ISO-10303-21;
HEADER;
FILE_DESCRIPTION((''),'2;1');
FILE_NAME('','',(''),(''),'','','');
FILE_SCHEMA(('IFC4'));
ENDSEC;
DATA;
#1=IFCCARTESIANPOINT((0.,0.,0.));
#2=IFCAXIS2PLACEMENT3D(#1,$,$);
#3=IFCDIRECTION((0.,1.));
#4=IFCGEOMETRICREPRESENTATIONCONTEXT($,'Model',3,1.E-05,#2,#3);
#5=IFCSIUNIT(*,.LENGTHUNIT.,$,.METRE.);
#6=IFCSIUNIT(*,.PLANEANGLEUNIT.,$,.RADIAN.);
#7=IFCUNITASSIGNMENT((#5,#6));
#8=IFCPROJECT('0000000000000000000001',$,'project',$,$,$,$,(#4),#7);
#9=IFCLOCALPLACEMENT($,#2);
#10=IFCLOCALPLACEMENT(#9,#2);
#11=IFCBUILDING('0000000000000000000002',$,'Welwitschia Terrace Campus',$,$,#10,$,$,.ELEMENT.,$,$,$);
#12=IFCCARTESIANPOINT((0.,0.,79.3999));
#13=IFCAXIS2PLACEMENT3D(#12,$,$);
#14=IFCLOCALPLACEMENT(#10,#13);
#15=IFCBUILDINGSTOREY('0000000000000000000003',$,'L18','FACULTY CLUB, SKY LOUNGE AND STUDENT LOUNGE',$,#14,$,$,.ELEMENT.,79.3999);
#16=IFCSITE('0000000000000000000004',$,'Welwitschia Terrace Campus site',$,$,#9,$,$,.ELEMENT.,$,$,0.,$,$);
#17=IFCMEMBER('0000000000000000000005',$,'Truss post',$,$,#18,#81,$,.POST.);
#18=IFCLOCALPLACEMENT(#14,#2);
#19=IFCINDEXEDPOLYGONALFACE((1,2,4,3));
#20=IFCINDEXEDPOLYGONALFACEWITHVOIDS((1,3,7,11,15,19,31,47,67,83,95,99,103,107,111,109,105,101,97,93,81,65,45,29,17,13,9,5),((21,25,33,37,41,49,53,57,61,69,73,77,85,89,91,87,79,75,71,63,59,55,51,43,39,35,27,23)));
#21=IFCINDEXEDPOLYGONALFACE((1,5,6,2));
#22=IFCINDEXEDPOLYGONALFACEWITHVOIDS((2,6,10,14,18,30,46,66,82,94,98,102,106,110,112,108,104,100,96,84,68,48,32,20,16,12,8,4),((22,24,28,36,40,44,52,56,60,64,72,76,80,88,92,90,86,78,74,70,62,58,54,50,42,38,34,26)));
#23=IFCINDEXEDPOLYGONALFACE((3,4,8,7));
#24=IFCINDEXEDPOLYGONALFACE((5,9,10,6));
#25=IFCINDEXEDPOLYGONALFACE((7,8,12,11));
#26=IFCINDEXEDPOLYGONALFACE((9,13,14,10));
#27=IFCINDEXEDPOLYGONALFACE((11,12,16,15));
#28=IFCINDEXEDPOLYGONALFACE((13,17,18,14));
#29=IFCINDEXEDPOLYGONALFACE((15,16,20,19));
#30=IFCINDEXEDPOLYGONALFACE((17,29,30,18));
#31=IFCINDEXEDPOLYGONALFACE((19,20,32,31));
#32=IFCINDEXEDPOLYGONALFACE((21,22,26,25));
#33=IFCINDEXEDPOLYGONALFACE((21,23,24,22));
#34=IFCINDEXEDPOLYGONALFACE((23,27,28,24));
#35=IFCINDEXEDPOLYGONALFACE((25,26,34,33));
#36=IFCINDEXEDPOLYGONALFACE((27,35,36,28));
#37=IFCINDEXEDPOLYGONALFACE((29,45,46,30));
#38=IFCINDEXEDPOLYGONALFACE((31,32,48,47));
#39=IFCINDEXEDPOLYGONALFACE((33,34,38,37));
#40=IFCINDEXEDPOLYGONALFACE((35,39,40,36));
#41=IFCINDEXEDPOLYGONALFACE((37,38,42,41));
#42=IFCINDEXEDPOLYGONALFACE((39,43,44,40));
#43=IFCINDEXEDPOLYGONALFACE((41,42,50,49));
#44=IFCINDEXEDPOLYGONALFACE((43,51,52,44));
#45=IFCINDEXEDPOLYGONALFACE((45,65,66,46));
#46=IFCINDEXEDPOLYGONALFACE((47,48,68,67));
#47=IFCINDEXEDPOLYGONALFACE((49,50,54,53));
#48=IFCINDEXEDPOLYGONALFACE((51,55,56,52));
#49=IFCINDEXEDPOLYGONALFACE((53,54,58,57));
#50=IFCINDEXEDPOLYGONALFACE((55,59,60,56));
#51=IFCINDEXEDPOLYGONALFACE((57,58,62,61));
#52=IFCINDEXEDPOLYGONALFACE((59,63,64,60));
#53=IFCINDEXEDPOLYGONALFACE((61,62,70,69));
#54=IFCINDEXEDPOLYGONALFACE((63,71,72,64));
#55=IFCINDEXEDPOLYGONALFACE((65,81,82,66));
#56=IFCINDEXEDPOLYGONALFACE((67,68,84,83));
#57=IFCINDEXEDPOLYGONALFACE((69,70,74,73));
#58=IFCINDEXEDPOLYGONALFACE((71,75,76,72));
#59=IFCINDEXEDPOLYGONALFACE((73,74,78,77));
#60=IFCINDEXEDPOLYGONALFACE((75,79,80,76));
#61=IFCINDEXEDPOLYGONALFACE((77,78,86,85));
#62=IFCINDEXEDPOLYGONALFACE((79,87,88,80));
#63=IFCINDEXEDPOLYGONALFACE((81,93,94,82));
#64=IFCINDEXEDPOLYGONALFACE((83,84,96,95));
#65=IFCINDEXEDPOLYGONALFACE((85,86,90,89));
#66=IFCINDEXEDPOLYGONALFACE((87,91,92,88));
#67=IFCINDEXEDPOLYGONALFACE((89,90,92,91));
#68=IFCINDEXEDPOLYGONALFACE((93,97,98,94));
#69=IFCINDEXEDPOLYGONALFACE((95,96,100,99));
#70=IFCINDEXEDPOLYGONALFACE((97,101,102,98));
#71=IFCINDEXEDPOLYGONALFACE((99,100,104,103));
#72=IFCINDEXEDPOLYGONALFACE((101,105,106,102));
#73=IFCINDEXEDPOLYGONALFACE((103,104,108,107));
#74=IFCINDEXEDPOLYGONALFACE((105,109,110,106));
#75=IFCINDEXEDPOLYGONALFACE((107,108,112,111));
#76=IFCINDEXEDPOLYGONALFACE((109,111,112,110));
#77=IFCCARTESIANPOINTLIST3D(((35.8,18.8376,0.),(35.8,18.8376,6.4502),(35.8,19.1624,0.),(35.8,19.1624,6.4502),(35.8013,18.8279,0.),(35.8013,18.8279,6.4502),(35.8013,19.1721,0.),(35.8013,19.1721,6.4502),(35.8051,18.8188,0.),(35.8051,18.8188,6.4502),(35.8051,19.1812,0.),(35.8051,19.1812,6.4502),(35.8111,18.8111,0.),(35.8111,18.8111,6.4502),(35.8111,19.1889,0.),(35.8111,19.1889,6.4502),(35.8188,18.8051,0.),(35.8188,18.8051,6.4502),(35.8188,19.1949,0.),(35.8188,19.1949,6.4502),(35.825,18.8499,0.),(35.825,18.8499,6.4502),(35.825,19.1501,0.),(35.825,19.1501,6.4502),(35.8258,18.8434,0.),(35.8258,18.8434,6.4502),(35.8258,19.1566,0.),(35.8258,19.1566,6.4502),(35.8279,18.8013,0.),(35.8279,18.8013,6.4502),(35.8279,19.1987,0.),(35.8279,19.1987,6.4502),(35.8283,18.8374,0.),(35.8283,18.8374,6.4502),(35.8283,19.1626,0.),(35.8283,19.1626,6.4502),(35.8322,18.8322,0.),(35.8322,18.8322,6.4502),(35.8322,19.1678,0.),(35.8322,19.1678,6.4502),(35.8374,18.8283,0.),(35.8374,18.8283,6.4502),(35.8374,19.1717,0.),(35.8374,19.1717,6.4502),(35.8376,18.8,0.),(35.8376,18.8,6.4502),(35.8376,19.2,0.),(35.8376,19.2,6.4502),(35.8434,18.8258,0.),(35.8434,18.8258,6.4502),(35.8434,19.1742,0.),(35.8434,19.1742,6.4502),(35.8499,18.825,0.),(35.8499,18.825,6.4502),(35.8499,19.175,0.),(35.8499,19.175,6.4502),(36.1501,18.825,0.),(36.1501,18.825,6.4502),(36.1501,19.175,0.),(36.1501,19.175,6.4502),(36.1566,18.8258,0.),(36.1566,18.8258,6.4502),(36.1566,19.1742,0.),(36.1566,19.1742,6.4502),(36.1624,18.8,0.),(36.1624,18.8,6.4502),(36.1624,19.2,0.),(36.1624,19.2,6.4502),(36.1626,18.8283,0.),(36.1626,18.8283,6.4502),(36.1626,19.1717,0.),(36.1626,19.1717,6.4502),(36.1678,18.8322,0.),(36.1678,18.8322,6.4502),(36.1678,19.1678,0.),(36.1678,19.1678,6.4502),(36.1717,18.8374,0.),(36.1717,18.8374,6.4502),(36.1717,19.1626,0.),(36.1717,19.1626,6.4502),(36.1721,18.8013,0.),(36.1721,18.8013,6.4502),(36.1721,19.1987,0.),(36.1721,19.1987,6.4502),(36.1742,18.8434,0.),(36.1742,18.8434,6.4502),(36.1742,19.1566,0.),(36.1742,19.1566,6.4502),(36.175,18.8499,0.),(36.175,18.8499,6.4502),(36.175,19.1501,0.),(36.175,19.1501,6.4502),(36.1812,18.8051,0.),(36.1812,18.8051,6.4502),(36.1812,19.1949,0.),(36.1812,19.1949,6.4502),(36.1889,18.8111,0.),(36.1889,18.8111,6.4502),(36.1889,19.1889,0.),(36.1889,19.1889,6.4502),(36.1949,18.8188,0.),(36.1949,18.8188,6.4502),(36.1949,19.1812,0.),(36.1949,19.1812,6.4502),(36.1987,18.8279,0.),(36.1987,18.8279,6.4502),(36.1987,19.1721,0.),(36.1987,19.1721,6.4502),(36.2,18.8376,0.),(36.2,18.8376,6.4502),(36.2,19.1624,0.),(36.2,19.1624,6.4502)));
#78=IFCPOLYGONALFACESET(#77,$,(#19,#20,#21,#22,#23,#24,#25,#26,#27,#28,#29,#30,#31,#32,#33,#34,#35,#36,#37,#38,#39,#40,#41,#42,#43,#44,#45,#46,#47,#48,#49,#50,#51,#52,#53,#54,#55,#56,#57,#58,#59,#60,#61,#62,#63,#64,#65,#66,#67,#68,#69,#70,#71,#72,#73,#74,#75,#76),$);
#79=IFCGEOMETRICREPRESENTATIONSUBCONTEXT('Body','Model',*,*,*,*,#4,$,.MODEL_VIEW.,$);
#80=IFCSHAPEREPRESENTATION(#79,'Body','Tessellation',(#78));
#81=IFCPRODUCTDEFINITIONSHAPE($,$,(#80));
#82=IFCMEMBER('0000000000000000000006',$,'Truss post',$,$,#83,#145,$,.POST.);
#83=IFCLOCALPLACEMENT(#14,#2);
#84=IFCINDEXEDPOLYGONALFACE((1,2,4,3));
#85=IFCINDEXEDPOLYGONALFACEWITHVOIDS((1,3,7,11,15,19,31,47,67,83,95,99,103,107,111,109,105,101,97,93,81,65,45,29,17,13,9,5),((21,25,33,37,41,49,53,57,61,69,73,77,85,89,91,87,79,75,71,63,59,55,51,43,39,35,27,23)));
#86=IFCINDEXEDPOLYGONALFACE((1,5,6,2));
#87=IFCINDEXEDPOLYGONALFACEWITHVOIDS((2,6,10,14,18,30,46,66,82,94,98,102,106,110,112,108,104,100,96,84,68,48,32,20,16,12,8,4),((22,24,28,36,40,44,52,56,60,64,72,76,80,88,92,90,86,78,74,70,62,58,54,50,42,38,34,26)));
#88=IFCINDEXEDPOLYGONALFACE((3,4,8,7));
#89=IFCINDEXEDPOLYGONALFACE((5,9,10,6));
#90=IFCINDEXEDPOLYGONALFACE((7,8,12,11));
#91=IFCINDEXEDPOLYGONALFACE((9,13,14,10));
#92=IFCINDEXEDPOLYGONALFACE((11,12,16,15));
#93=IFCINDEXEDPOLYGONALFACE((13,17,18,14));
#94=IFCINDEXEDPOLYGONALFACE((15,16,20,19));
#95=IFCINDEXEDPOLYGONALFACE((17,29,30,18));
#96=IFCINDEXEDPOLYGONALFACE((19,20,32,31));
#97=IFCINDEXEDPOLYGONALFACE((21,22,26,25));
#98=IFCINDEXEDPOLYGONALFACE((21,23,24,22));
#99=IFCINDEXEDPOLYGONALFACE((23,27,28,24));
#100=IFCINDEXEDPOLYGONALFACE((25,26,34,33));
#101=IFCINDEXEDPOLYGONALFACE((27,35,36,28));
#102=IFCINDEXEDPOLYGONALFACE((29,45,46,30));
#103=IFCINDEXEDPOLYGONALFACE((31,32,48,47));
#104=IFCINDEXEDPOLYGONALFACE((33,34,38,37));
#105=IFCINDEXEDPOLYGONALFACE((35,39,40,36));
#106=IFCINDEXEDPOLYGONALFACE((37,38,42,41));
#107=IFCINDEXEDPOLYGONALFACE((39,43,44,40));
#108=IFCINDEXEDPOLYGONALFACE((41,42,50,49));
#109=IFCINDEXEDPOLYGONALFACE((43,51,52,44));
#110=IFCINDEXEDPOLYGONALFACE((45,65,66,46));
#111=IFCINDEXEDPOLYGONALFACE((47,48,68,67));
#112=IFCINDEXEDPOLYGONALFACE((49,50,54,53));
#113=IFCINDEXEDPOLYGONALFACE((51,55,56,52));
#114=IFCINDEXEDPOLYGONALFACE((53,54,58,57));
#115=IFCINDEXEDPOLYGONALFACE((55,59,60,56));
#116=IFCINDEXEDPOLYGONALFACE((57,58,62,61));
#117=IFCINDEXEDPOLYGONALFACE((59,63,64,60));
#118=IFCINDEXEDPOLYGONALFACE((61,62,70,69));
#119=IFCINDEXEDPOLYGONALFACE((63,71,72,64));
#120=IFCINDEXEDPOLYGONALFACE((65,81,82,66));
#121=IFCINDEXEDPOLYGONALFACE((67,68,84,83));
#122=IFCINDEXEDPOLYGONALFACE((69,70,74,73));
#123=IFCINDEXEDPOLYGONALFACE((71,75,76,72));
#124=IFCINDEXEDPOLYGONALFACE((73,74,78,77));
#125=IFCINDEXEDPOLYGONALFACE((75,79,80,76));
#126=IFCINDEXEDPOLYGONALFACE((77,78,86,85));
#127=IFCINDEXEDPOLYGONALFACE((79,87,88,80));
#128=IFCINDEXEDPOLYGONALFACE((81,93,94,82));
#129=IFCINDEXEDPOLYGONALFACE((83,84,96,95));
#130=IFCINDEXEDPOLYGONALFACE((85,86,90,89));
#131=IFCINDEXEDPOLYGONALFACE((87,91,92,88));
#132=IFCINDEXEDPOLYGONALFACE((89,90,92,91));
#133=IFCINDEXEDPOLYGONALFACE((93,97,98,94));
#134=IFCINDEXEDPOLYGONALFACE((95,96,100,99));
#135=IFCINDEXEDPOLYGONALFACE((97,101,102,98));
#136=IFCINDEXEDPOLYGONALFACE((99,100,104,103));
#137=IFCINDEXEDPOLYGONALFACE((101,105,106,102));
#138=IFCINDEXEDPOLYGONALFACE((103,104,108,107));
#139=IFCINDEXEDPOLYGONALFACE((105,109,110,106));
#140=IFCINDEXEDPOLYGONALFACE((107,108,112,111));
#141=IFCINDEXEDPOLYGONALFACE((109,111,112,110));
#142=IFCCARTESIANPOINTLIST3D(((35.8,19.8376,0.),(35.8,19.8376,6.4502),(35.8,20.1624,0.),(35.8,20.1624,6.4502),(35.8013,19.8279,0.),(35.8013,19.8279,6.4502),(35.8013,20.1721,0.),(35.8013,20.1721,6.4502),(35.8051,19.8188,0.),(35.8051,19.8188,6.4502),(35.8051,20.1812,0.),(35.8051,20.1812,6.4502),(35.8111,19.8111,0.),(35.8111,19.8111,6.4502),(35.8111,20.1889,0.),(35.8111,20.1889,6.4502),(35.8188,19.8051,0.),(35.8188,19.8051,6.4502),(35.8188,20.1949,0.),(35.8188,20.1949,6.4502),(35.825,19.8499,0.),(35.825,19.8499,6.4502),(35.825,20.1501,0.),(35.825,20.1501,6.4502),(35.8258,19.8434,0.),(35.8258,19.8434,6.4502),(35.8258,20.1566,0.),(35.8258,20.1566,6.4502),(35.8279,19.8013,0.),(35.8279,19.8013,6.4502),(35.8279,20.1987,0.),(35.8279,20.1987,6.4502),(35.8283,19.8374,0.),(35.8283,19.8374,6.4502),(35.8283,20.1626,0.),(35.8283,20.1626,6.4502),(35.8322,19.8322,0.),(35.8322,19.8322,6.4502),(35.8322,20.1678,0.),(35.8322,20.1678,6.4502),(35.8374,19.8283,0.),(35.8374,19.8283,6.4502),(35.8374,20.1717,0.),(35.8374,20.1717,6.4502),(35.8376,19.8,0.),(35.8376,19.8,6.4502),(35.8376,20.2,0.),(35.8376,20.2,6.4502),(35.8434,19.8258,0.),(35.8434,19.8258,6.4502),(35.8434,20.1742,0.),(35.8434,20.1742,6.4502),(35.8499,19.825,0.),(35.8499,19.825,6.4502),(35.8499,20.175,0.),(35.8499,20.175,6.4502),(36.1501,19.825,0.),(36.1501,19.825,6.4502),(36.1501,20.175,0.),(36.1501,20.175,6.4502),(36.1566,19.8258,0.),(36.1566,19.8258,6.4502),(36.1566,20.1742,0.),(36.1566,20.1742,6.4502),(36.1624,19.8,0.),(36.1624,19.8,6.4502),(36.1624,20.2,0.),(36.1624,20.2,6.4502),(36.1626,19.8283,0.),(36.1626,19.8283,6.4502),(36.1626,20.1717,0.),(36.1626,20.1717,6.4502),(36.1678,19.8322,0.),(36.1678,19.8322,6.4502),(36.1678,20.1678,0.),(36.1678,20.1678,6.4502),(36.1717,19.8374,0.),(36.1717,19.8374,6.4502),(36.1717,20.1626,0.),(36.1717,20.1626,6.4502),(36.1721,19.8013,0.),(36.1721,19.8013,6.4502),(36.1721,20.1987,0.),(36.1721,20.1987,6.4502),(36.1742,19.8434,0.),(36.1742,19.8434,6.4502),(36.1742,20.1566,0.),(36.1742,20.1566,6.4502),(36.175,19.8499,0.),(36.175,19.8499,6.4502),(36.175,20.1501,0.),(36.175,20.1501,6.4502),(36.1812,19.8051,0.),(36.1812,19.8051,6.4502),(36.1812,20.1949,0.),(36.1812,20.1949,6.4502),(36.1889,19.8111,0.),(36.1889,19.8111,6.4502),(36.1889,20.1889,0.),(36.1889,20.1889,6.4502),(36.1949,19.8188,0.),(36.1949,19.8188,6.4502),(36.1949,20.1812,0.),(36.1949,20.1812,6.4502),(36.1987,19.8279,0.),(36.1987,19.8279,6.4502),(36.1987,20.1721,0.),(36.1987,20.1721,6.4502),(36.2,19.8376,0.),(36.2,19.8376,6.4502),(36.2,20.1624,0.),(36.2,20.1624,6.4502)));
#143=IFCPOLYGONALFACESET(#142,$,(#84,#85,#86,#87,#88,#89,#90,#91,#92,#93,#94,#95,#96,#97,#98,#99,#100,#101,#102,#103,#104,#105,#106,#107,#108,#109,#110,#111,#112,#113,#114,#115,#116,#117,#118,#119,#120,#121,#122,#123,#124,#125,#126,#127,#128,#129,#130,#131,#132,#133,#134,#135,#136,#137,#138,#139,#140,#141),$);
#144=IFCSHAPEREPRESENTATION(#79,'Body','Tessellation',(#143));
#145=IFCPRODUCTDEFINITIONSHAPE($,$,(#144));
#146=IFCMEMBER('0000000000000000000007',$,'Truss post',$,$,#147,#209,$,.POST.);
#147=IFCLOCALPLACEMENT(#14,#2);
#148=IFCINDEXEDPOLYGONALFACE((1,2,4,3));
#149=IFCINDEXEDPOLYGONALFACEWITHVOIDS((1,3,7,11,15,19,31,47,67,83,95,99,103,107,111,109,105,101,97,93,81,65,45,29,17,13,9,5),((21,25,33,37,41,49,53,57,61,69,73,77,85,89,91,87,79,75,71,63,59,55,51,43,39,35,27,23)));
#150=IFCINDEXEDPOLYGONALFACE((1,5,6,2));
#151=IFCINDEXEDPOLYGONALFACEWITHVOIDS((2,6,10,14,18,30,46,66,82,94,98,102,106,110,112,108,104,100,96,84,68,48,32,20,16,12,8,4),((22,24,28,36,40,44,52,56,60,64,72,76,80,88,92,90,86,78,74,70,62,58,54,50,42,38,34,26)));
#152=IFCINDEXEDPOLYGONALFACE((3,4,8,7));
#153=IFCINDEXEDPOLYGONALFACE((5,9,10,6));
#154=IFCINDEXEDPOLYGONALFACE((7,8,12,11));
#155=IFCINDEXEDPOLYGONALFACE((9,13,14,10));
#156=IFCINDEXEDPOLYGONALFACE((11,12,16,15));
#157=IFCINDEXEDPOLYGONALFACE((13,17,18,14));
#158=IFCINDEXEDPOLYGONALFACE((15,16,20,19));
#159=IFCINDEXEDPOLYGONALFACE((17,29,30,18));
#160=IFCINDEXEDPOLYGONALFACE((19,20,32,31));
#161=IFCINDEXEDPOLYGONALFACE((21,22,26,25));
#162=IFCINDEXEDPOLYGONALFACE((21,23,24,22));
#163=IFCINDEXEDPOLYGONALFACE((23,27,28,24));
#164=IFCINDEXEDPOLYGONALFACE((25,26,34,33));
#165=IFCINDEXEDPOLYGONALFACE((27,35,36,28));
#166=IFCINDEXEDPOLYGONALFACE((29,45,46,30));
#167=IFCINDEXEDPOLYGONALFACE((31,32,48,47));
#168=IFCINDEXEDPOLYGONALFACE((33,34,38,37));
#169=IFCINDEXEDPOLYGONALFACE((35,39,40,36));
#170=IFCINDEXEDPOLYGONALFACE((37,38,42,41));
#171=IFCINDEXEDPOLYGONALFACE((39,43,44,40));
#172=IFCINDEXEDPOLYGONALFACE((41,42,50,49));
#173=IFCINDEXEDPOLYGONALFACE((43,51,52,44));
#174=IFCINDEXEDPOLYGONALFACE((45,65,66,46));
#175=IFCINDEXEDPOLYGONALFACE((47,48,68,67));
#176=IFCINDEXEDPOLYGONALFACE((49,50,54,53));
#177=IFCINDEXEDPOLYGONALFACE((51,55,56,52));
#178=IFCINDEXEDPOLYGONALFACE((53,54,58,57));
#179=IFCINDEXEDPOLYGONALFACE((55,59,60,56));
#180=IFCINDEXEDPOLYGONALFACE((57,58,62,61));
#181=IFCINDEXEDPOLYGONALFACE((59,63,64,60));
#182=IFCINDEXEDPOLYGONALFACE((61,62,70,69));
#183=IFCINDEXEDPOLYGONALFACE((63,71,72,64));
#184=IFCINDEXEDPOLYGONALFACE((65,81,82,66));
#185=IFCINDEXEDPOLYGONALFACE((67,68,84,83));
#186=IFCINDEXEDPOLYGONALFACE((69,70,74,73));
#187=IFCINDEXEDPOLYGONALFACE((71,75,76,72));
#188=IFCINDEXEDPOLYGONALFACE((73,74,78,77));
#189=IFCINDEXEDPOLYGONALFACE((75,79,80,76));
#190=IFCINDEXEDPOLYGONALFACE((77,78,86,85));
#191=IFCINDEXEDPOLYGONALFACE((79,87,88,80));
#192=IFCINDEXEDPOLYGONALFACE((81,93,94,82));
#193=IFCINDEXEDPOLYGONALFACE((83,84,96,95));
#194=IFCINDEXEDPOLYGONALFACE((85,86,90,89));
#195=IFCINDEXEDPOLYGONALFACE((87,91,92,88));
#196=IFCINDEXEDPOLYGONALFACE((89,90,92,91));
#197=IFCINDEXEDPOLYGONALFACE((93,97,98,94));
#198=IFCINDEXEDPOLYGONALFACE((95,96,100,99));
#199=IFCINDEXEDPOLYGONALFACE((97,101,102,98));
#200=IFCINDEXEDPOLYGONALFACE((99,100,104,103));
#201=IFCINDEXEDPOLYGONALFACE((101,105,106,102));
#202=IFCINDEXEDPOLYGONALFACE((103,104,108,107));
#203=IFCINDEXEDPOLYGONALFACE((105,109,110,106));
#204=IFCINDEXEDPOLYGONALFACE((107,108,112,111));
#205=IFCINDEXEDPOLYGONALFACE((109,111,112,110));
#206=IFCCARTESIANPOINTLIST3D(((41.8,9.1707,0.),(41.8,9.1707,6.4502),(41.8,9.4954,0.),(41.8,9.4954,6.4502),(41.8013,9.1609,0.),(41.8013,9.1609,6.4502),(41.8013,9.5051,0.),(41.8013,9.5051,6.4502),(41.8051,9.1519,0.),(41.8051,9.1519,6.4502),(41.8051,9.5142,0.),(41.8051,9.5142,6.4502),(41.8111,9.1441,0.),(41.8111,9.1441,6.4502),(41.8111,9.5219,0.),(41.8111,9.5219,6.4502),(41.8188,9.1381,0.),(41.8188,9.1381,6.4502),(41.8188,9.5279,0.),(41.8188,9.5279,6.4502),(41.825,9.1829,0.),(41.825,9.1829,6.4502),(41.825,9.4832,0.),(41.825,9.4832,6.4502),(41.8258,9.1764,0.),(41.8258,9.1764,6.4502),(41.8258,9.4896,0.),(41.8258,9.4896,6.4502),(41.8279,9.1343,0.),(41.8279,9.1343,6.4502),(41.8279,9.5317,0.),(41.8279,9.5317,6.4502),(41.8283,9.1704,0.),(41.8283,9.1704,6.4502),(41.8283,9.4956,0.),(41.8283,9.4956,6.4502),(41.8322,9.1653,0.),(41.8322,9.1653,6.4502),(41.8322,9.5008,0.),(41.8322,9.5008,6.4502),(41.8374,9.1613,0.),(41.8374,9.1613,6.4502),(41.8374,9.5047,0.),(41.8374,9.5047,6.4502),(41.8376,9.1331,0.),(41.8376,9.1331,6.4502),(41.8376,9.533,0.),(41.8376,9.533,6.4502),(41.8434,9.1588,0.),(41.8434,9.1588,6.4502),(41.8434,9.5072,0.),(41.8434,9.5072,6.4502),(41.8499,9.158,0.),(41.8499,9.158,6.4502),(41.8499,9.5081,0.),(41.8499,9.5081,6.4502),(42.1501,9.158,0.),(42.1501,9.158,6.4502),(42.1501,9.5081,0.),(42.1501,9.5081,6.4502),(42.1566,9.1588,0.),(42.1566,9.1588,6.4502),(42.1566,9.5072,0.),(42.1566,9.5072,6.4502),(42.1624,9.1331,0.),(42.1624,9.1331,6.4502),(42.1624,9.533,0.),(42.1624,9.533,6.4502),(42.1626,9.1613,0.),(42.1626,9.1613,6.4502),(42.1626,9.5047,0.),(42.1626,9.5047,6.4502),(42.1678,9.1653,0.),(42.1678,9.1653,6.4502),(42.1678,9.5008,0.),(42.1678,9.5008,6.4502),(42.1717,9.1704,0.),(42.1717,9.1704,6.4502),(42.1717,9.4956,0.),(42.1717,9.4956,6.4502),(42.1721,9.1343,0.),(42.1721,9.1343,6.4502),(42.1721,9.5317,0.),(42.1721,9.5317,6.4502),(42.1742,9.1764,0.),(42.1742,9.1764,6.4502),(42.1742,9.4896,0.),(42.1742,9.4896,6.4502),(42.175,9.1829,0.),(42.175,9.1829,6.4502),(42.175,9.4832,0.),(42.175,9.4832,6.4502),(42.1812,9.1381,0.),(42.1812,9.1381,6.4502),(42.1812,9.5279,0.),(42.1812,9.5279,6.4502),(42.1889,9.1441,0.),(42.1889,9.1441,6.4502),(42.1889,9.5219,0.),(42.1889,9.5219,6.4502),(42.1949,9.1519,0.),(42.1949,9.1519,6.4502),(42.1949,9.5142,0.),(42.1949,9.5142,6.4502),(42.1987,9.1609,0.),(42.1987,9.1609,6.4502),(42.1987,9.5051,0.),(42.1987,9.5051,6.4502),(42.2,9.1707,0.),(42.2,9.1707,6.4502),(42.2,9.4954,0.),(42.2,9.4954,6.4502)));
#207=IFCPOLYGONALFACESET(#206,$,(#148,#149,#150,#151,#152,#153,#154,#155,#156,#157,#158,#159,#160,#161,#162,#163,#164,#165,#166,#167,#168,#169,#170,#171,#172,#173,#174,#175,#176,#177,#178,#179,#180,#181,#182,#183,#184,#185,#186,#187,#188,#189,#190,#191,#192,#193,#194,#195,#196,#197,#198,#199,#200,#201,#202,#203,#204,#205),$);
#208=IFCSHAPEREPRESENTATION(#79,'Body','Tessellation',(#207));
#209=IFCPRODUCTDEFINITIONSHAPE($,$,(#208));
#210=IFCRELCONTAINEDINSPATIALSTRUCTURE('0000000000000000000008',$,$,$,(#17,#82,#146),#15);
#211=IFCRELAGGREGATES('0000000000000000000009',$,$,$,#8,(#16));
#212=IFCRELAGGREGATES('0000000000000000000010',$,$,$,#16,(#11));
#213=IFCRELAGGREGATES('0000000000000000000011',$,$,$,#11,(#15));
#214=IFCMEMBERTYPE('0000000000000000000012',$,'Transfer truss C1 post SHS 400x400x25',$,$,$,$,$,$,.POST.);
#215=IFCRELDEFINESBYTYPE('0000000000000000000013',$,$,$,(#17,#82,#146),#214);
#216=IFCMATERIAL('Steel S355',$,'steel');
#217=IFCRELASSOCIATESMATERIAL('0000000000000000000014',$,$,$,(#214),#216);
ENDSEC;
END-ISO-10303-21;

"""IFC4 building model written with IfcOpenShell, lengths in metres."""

from ifc_helpers import new_model, si_unit, direction, frame, origin, origin_2d, place, context, subcontext, project, spatial, hollow_rectangle, extrude, material, material_profile, profile_set, type_object, element, save


model = new_model("IFC4")

# Units and contexts
model_context = context("Model", 3, precision=1e-05, world=origin(), true_north=direction((0.0, 1.0)))
body_context = subcontext(model_context, "Body", "Model", "MODEL_VIEW")
ifc_project = project(units=[si_unit("LENGTHUNIT", "METRE"), si_unit("PLANEANGLEUNIT", "RADIAN")], contexts=[model_context])

# Site, building, storey
site_placement = place(None, origin())
site = spatial("IfcSite", under=ifc_project, at=site_placement, Name="Welwitschia Terrace Campus site", CompositionType="ELEMENT", RefElevation=0.0)
building_placement = place(site_placement, origin())
building = spatial("IfcBuilding", under=site, at=building_placement, Name="Welwitschia Terrace Campus", CompositionType="ELEMENT")
storey_placement = place(building_placement, frame((0.0, 0.0, 79.3999)))
storey = spatial("IfcBuildingStorey", under=building, at=storey_placement, Name="L18", Description="FACULTY CLUB, SKY LOUNGE AND STUDENT LOUNGE", CompositionType="ELEMENT", Elevation=79.3999)

# Members
ifc_material_1 = material(Name="Steel S355", Category="steel")
ifc_material_profile_1 = material_profile(ifc_material_1, hollow_rectangle(XDim=0.3999, YDim=0.3999, WallThickness=0.0249, InnerFilletRadius=0.0249, OuterFilletRadius=0.0376, at=origin_2d()))
ifc_profile_set_1 = profile_set([ifc_material_profile_1], Name="Steel S355")
member_type_1 = type_object("IfcMemberType", Name="Transfer truss C1 post SHS 400x400x25", PredefinedType="POST", material=ifc_profile_set_1)
for number, where, z_axis, x_axis, name in (
    (1, (36.0, 19.0, 0.0), (0.0, 0.0, 1.0), (1.0, 0.0, 0.0), "Truss post"),
    (2, (36.0, 20.0, 0.0), (0.0, 0.0, 1.0), (1.0, 0.0, 0.0), "Truss post"),
    (3, (42.0, 9.333, 0.0), (0.0, 0.0, 1.0), (1.0, 0.0, 0.0), "Truss post"),
):
    element("IfcMember", number, at=place(storey_placement, frame(where, z_axis=z_axis, x_axis=x_axis)), inside=storey, type_object=member_type_1, Name=name, PredefinedType="POST", context=body_context, shape_type="SweptSolid", body=[
        extrude(hollow_rectangle(XDim=0.3999, YDim=0.3999, WallThickness=0.0249, InnerFilletRadius=0.0249, OuterFilletRadius=0.0376, at=origin_2d()), origin(), (0.0, 0.0, 1.0), 6.4502),
    ])

save(model, "model.ifc")
